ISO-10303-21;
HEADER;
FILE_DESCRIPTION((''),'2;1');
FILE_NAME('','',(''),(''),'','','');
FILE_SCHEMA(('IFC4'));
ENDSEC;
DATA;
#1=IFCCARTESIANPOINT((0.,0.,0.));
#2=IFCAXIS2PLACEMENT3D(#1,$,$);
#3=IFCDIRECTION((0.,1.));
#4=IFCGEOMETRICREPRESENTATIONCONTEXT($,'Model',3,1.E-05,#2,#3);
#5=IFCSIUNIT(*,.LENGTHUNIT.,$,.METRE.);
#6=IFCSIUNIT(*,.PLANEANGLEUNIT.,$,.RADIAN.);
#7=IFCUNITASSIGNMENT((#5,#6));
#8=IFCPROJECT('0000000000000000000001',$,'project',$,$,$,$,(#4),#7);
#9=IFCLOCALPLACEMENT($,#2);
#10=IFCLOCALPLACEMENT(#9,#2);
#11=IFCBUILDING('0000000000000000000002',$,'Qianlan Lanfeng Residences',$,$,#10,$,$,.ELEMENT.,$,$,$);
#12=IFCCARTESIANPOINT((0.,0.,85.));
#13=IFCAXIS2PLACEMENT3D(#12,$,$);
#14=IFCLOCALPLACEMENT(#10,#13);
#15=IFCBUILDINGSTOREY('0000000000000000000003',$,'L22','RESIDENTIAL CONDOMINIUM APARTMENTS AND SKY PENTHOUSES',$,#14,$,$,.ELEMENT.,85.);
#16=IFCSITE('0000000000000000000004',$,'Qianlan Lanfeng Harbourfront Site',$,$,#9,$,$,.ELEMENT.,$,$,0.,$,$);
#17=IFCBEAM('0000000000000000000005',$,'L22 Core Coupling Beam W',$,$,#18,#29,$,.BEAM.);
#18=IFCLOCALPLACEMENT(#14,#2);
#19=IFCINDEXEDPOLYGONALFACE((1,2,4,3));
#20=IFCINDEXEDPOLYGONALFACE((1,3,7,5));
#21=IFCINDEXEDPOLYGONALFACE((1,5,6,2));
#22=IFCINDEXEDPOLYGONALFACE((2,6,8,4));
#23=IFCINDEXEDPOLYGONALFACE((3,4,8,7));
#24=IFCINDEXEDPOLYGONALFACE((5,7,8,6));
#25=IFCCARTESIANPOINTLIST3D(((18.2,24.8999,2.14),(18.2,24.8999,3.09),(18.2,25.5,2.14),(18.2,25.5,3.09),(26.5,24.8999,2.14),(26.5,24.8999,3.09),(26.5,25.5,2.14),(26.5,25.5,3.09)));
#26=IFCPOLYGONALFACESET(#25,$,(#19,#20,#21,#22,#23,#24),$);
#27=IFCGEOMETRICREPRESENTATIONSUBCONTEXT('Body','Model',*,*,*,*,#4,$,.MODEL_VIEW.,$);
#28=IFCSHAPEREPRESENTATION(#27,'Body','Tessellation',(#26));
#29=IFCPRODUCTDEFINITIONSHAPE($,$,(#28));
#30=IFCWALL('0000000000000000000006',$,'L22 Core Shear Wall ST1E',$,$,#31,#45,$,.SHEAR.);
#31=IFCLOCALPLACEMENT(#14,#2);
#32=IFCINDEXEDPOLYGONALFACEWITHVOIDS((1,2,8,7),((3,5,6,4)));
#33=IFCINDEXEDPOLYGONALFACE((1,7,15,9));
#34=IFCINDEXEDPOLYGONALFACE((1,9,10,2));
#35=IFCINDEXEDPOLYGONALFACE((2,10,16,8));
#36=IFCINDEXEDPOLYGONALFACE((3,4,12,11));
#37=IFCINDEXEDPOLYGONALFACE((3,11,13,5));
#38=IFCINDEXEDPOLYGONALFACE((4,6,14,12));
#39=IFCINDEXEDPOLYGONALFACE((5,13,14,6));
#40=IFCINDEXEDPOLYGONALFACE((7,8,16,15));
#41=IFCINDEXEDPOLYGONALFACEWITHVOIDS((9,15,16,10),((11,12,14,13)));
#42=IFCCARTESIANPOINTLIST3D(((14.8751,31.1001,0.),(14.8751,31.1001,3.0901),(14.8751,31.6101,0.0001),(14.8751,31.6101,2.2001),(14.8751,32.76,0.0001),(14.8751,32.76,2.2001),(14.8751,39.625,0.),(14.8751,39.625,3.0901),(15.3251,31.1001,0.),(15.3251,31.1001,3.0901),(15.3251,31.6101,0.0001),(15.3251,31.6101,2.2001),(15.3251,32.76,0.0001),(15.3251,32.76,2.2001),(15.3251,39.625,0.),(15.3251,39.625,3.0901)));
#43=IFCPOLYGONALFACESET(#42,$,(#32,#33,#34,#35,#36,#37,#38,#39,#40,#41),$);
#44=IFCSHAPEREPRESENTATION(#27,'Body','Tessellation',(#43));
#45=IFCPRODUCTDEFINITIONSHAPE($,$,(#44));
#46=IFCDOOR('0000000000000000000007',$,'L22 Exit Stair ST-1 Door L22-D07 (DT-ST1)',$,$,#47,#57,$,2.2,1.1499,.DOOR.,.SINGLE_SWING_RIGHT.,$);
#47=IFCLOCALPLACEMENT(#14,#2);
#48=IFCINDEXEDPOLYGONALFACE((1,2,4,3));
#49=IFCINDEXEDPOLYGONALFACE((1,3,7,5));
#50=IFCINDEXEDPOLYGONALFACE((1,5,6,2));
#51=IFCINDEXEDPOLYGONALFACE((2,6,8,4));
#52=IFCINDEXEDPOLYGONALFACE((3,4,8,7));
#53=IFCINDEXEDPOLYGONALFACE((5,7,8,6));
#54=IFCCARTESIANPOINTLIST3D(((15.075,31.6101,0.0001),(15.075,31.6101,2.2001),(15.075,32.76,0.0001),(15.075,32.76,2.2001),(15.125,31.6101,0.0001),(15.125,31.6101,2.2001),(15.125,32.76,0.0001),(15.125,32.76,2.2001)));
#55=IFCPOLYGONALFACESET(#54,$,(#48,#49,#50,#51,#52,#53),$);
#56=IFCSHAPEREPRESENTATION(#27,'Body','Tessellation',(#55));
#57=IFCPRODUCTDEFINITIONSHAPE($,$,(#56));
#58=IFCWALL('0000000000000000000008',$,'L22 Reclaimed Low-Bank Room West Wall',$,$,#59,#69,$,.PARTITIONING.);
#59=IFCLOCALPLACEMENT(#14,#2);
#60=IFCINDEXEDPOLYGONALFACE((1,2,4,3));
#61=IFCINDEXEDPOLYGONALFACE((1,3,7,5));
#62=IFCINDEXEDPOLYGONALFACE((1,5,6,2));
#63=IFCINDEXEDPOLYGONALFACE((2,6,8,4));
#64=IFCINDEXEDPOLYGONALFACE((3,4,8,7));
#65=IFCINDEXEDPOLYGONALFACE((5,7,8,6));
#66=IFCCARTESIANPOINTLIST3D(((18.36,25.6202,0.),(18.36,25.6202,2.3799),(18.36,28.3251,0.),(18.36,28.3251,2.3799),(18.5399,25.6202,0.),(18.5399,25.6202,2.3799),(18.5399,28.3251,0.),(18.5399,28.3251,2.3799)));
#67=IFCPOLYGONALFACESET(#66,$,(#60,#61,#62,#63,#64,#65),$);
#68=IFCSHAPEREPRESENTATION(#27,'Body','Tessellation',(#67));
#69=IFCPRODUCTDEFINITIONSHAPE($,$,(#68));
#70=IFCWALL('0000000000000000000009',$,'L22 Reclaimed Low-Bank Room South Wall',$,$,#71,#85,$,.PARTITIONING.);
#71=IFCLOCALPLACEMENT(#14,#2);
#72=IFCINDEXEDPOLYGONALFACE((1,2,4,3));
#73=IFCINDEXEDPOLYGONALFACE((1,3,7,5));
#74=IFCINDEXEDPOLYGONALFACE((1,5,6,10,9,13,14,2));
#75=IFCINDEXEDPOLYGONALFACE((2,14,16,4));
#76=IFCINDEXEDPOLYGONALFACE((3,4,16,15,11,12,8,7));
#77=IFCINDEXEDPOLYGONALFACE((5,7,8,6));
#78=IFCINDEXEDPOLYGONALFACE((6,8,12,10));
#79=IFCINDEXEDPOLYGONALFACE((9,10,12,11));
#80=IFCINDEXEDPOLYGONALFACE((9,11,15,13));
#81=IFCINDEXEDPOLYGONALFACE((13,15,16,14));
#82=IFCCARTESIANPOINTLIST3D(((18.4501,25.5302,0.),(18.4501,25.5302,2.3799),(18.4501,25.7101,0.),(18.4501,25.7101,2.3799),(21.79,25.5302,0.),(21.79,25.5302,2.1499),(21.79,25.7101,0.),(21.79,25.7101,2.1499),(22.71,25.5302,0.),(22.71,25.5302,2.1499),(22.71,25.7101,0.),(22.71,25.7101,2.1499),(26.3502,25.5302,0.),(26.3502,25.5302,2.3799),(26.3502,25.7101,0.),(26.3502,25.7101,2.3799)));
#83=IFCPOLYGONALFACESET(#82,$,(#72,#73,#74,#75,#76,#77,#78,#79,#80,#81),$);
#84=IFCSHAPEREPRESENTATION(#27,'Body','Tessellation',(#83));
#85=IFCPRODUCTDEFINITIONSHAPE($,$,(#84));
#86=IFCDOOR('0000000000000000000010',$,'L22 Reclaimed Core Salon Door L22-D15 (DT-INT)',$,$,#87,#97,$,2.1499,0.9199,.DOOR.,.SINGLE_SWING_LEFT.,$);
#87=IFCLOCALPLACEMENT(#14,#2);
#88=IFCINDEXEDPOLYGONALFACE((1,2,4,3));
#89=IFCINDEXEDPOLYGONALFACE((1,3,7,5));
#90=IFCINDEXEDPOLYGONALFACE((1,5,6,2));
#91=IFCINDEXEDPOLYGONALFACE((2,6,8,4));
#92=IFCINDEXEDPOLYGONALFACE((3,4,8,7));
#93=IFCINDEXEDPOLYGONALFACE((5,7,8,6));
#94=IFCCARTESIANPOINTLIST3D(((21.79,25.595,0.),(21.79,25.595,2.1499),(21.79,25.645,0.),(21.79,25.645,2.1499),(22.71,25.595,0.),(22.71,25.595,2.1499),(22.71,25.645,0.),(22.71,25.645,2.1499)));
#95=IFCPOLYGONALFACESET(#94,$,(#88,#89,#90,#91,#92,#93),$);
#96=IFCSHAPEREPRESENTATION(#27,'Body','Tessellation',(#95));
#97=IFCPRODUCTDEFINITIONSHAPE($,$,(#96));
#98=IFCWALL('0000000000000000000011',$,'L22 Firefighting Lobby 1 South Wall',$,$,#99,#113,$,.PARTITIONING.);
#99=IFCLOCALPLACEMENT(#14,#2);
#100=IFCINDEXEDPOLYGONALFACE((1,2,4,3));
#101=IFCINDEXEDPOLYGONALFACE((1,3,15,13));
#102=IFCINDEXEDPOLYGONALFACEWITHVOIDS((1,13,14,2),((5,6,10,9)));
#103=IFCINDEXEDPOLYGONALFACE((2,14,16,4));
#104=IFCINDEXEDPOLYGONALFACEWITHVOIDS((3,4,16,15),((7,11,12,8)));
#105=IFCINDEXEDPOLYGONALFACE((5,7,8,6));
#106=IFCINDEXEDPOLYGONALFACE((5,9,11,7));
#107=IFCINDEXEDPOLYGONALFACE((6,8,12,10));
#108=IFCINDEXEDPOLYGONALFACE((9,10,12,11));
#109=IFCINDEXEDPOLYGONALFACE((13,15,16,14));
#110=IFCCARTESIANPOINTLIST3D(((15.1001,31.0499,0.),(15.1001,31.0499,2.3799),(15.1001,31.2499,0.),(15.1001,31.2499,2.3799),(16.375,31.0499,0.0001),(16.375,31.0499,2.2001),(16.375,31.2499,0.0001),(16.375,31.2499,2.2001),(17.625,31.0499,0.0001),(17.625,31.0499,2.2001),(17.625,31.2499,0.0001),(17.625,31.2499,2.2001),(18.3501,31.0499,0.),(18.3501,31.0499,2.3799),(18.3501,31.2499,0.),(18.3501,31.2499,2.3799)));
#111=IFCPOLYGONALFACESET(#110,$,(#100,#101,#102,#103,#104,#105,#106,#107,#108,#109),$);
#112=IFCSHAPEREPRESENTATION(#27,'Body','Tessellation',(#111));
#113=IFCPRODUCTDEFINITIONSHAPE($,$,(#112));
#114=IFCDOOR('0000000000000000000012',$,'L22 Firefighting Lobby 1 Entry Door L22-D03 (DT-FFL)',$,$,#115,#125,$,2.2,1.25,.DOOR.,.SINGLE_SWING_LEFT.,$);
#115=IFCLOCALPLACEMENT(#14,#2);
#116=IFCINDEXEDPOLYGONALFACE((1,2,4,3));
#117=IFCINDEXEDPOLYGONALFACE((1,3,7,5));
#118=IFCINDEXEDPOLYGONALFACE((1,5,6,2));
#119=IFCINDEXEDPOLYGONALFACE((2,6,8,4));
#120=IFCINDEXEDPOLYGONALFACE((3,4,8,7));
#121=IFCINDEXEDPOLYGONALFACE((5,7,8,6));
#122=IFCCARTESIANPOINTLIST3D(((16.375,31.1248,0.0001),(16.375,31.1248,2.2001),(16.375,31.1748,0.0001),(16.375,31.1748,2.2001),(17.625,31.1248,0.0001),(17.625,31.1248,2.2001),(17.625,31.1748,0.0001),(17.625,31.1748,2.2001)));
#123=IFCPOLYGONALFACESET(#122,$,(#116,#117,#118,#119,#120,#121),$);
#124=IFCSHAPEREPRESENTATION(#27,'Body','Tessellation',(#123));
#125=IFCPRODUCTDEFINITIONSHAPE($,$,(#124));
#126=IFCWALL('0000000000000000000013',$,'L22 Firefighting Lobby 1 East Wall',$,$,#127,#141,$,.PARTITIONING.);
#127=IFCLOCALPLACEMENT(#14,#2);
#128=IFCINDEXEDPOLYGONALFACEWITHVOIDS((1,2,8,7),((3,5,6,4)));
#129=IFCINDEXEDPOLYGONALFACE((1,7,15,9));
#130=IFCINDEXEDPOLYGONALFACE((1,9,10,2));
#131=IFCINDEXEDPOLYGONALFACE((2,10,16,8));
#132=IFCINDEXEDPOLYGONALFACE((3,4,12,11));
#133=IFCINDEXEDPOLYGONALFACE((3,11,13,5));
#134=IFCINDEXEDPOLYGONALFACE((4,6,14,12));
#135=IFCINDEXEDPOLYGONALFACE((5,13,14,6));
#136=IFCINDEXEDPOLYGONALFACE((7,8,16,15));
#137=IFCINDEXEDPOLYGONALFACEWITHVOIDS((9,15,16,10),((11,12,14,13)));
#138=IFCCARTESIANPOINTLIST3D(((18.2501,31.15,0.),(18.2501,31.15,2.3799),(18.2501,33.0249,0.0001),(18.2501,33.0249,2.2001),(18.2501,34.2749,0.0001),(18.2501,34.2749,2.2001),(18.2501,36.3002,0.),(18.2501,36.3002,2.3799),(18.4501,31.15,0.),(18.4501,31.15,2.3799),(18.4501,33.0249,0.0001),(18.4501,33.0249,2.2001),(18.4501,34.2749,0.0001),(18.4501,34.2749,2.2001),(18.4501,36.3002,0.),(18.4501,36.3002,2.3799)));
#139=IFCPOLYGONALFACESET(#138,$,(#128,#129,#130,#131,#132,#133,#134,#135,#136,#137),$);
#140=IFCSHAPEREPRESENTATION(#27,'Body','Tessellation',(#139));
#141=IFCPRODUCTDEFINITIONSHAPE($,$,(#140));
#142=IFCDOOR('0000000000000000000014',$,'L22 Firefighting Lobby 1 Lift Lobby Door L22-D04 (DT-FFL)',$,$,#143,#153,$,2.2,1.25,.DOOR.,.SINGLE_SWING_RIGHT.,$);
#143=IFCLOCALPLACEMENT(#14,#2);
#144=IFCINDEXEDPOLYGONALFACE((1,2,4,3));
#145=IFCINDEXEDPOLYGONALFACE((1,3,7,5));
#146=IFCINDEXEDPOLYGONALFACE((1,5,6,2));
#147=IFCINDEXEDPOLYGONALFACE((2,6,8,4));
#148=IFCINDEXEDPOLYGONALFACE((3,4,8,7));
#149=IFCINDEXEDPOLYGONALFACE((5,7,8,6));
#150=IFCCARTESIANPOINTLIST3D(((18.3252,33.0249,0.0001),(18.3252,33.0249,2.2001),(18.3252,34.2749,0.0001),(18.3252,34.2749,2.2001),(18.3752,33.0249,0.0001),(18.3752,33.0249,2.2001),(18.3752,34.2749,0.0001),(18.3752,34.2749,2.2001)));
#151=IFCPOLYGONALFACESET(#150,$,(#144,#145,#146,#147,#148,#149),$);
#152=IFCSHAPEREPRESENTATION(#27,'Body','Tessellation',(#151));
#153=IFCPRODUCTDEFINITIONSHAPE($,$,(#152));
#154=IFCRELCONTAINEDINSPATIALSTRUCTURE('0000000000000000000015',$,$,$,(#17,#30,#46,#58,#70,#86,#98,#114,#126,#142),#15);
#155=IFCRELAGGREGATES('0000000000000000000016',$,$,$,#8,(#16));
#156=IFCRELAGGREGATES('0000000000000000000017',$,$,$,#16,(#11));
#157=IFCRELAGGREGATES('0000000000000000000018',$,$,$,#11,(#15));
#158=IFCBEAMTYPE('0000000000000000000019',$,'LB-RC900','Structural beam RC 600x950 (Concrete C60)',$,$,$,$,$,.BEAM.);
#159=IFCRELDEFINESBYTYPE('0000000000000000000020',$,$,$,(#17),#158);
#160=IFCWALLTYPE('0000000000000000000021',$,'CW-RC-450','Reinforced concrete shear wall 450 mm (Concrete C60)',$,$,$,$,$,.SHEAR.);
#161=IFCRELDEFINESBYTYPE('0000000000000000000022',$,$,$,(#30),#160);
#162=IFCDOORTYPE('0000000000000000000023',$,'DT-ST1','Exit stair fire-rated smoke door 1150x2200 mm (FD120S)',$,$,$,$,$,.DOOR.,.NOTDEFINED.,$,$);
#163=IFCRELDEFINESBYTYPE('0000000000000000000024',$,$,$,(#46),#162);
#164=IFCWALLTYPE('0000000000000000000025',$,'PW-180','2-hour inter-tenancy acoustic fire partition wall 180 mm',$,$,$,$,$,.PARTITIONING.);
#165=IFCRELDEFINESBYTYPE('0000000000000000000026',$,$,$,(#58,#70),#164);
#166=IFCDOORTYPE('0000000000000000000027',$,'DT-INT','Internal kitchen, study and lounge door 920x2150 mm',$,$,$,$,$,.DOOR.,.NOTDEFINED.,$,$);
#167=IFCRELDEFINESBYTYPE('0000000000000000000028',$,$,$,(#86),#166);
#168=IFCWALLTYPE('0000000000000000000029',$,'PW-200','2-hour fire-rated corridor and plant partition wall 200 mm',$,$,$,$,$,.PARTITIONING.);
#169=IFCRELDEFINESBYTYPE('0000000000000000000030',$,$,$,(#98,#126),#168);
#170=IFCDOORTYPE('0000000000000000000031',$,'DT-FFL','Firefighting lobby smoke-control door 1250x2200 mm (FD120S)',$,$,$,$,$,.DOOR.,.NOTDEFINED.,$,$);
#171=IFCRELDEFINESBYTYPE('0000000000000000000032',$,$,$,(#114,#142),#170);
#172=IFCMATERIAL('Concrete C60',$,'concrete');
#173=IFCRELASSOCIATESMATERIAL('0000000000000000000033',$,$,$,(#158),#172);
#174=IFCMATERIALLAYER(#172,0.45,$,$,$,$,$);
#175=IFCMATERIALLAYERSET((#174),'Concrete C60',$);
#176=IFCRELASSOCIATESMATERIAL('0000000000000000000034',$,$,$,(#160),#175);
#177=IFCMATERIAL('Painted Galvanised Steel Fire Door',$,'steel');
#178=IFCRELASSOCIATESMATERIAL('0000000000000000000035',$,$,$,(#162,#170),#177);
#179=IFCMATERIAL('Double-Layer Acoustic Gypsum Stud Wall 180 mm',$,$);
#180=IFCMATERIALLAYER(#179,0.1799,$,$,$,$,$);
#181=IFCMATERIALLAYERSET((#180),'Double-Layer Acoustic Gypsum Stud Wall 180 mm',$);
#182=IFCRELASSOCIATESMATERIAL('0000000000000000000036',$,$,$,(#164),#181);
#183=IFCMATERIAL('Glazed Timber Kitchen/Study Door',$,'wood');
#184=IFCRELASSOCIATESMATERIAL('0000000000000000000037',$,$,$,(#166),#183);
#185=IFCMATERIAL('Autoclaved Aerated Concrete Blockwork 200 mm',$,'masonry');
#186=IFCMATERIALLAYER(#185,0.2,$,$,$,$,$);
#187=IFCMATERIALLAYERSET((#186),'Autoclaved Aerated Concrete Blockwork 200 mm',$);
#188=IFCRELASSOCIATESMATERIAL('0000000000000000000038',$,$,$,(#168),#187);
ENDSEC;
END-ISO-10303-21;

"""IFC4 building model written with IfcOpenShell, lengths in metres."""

from ifc_helpers import new_model, si_unit, direction, frame, frame_2d, origin, origin_2d, place, context, subcontext, project, spatial, rectangle, extrude, material, layer, layer_set, material_profile, profile_set, type_object, element, fill, save


model = new_model("IFC4")

# Units and contexts
model_context = context("Model", 3, precision=1e-05, world=origin(), true_north=direction((0.0, 1.0)))
body_context = subcontext(model_context, "Body", "Model", "MODEL_VIEW")
ifc_project = project(units=[si_unit("LENGTHUNIT", "METRE"), si_unit("PLANEANGLEUNIT", "RADIAN")], contexts=[model_context])

# Site, building, storey
site_placement = place(None, origin())
site = spatial("IfcSite", under=ifc_project, at=site_placement, Name="Qianlan Lanfeng Harbourfront Site", CompositionType="ELEMENT", RefElevation=0.0)
building_placement = place(site_placement, origin())
building = spatial("IfcBuilding", under=site, at=building_placement, Name="Qianlan Lanfeng Residences", CompositionType="ELEMENT")
storey_placement = place(building_placement, frame((0.0, 0.0, 85.0)))
storey = spatial("IfcBuildingStorey", under=building, at=storey_placement, Name="L22", Description="RESIDENTIAL CONDOMINIUM APARTMENTS AND SKY PENTHOUSES", CompositionType="ELEMENT", Elevation=85.0)

# Beam
ifc_material_1 = material(Name="Concrete C60", Category="concrete")
ifc_material_profile = material_profile(ifc_material_1, rectangle(XDim=0.6001, YDim=0.95, at=origin_2d()), Name="RC 600x950")
ifc_profile_set = profile_set([ifc_material_profile], Name="Concrete C60")
beam_type = type_object("IfcBeamType", Name="LB-RC900", Description="Structural beam RC 600x950 (Concrete C60)", PredefinedType="BEAM", material=ifc_profile_set)
beam_placement = place(storey_placement, frame((18.2, 25.2, 2.615), z_axis=(1.0, 0.0, 0.0), x_axis=(0.0, 1.0, 0.0)))
element("IfcBeam", 1, at=beam_placement, inside=storey, type_object=beam_type, Name="L22 Core Coupling Beam W", PredefinedType="BEAM", context=body_context, shape_type="SweptSolid", body=[
    extrude(rectangle(XDim=0.6001, YDim=0.95, at=origin_2d()), origin(), (0.0, 0.0, 1.0), 8.3),
])

# Wall, opening, door
ifc_layer_1 = layer(ifc_material_1, 0.45)
ifc_layer_set_1 = layer_set([ifc_layer_1], Name="Concrete C60")
wall_type_1 = type_object("IfcWallType", Name="CW-RC-450", Description="Reinforced concrete shear wall 450 mm (Concrete C60)", PredefinedType="SHEAR", material=ifc_layer_set_1)
wall_1_placement = place(storey_placement, frame((15.1001, 31.1001, 0.0), z_axis=(0.0, 0.0, 1.0), x_axis=(0.0, 1.0, 0.0)))
wall_1 = element("IfcWall", 2, at=wall_1_placement, inside=storey, type_object=wall_type_1, Name="L22 Core Shear Wall ST1E", PredefinedType="SHEAR", context=body_context, shape_type="SweptSolid", body=[
    extrude(rectangle(XDim=8.5249, YDim=0.45, at=frame_2d((4.2625, 0.0))), origin(), (0.0, 0.0, 1.0), 3.0901),
])
opening_1_placement = place(wall_1_placement, frame((0.51, 0.0, 0.0)))
opening_1 = element("IfcOpeningElement", 3, at=opening_1_placement, cuts=wall_1, PredefinedType="OPENING", context=body_context, shape_type="SweptSolid", body=[
    extrude(rectangle(XDim=1.1499, YDim=2.2, at=frame_2d((0.575, 1.1001))), frame((0.0, 0.2349, 0.0), z_axis=(0.0, -1.0, 0.0), x_axis=(1.0, 0.0, 0.0)), (0.0, 0.0, 1.0), 0.47),
])
ifc_material_2 = material(Name="Painted Galvanised Steel Fire Door", Category="steel")
door_type_1 = type_object("IfcDoorType", Name="DT-ST1", Description="Exit stair fire-rated smoke door 1150x2200 mm (FD120S)", OperationType="NOTDEFINED", PredefinedType="DOOR", material=ifc_material_2)
door_1_placement = place(opening_1_placement, frame((1.1499, 0.0, 0.0), z_axis=(0.0, 0.0, 1.0), x_axis=(-1.0, 0.0, 0.0)))
door_1 = element("IfcDoor", 4, at=door_1_placement, inside=storey, type_object=door_type_1, Name="L22 Exit Stair ST-1 Door L22-D07 (DT-ST1)", OperationType="SINGLE_SWING_RIGHT", OverallHeight=2.2, OverallWidth=1.1499, PredefinedType="DOOR", context=body_context, shape_type="SweptSolid", body=[
    extrude(rectangle(XDim=1.1499, YDim=2.2, at=frame_2d((0.575, 1.1001))), frame((0.0, 0.0249, 0.0), z_axis=(0.0, -1.0, 0.0), x_axis=(1.0, 0.0, 0.0)), (0.0, 0.0, 1.0), 0.05),
])
fill(opening_1, door_1)

# Shared definitions
ifc_material_3 = material(Name="Double-Layer Acoustic Gypsum Stud Wall 180 mm")
ifc_layer_2 = layer(ifc_material_3, 0.1799)
ifc_layer_set_2 = layer_set([ifc_layer_2], Name="Double-Layer Acoustic Gypsum Stud Wall 180 mm")
wall_type_2 = type_object("IfcWallType", Name="PW-180", Description="2-hour inter-tenancy acoustic fire partition wall 180 mm", PredefinedType="PARTITIONING", material=ifc_layer_set_2)
ifc_material_4 = material(Name="Glazed Timber Kitchen/Study Door", Category="wood")
door_type_2 = type_object("IfcDoorType", Name="DT-INT", Description="Internal kitchen, study and lounge door 920x2150 mm", OperationType="NOTDEFINED", PredefinedType="DOOR", material=ifc_material_4)

# Wall
wall_2_placement = place(storey_placement, frame((18.45, 25.6201, 0.0), z_axis=(0.0, 0.0, 1.0), x_axis=(0.0, 1.0, 0.0)))
element("IfcWall", 5, at=wall_2_placement, inside=storey, type_object=wall_type_2, Name="L22 Reclaimed Low-Bank Room West Wall", PredefinedType="PARTITIONING", context=body_context, shape_type="SweptSolid", body=[
    extrude(rectangle(XDim=2.7048, YDim=0.1799, at=frame_2d((1.3525, 0.0))), origin(), (0.0, 0.0, 1.0), 2.3799),
])

# Walls, openings, doors
wall_3_placement = place(storey_placement, frame((18.45, 25.6201, 0.0), z_axis=(0.0, 0.0, 1.0), x_axis=(1.0, 0.0, 0.0)))
wall_3 = element("IfcWall", 6, at=wall_3_placement, inside=storey, type_object=wall_type_2, Name="L22 Reclaimed Low-Bank Room South Wall", PredefinedType="PARTITIONING", context=body_context, shape_type="SweptSolid", body=[
    extrude(rectangle(XDim=7.9001, YDim=0.1799, at=frame_2d((3.9502, 0.0))), origin(), (0.0, 0.0, 1.0), 2.3799),
])
opening_2_placement = place(wall_3_placement, frame((3.3401, 0.0, 0.0)))
opening_2 = element("IfcOpeningElement", 7, at=opening_2_placement, cuts=wall_3, PredefinedType="OPENING", context=body_context, shape_type="SweptSolid", body=[
    extrude(rectangle(XDim=0.9199, YDim=2.1499, at=frame_2d((0.46, 1.075))), frame((0.0, 0.1001, 0.0), z_axis=(0.0, -1.0, 0.0), x_axis=(1.0, 0.0, 0.0)), (0.0, 0.0, 1.0), 0.2),
])
door_2_placement = place(opening_2_placement, origin())
door_2 = element("IfcDoor", 8, at=door_2_placement, inside=storey, type_object=door_type_2, Name="L22 Reclaimed Core Salon Door L22-D15 (DT-INT)", OperationType="SINGLE_SWING_LEFT", OverallHeight=2.1499, OverallWidth=0.9199, PredefinedType="DOOR", context=body_context, shape_type="SweptSolid", body=[
    extrude(rectangle(XDim=0.9199, YDim=2.1499, at=frame_2d((0.46, 1.075))), frame((0.0, 0.0249, 0.0), z_axis=(0.0, -1.0, 0.0), x_axis=(1.0, 0.0, 0.0)), (0.0, 0.0, 1.0), 0.05),
])
fill(opening_2, door_2)
ifc_material_5 = material(Name="Autoclaved Aerated Concrete Blockwork 200 mm", Category="masonry")
ifc_layer_3 = layer(ifc_material_5, 0.2)
ifc_layer_set_3 = layer_set([ifc_layer_3], Name="Autoclaved Aerated Concrete Blockwork 200 mm")
wall_type_3 = type_object("IfcWallType", Name="PW-200", Description="2-hour fire-rated corridor and plant partition wall 200 mm", PredefinedType="PARTITIONING", material=ifc_layer_set_3)
wall_4_placement = place(storey_placement, frame((15.1001, 31.1499, 0.0), z_axis=(0.0, 0.0, 1.0), x_axis=(1.0, 0.0, 0.0)))
wall_4 = element("IfcWall", 9, at=wall_4_placement, inside=storey, type_object=wall_type_3, Name="L22 Firefighting Lobby 1 South Wall", PredefinedType="PARTITIONING", context=body_context, shape_type="SweptSolid", body=[
    extrude(rectangle(XDim=3.25, YDim=0.2, at=frame_2d((1.625, 0.0))), origin(), (0.0, 0.0, 1.0), 2.3799),
])
opening_3_placement = place(wall_4_placement, frame((1.2749, 0.0, 0.0)))
opening_3 = element("IfcOpeningElement", 10, at=opening_3_placement, cuts=wall_4, PredefinedType="OPENING", context=body_context, shape_type="SweptSolid", body=[
    extrude(rectangle(XDim=1.25, YDim=2.2, at=frame_2d((0.625, 1.1001))), frame((0.0, 0.1099, 0.0), z_axis=(0.0, -1.0, 0.0), x_axis=(1.0, 0.0, 0.0)), (0.0, 0.0, 1.0), 0.22),
])
door_type_3 = type_object("IfcDoorType", Name="DT-FFL", Description="Firefighting lobby smoke-control door 1250x2200 mm (FD120S)", OperationType="NOTDEFINED", PredefinedType="DOOR", material=ifc_material_2)
door_3_placement = place(opening_3_placement, origin())
door_3 = element("IfcDoor", 11, at=door_3_placement, inside=storey, type_object=door_type_3, Name="L22 Firefighting Lobby 1 Entry Door L22-D03 (DT-FFL)", OperationType="SINGLE_SWING_LEFT", OverallHeight=2.2, OverallWidth=1.25, PredefinedType="DOOR", context=body_context, shape_type="SweptSolid", body=[
    extrude(rectangle(XDim=1.25, YDim=2.2, at=frame_2d((0.625, 1.1001))), frame((0.0, 0.0249, 0.0), z_axis=(0.0, -1.0, 0.0), x_axis=(1.0, 0.0, 0.0)), (0.0, 0.0, 1.0), 0.05),
])
fill(opening_3, door_3)
wall_5_placement = place(storey_placement, frame((18.3501, 31.1499, 0.0), z_axis=(0.0, 0.0, 1.0), x_axis=(0.0, 1.0, 0.0)))
wall_5 = element("IfcWall", 12, at=wall_5_placement, inside=storey, type_object=wall_type_3, Name="L22 Firefighting Lobby 1 East Wall", PredefinedType="PARTITIONING", context=body_context, shape_type="SweptSolid", body=[
    extrude(rectangle(XDim=5.1501, YDim=0.2, at=frame_2d((2.5752, 0.0))), origin(), (0.0, 0.0, 1.0), 2.3799),
])
opening_4_placement = place(wall_5_placement, frame((1.875, 0.0, 0.0)))
opening_4 = element("IfcOpeningElement", 13, at=opening_4_placement, cuts=wall_5, PredefinedType="OPENING", context=body_context, shape_type="SweptSolid", body=[
    extrude(rectangle(XDim=1.25, YDim=2.2, at=frame_2d((0.625, 1.1001))), frame((0.0, 0.1099, 0.0), z_axis=(0.0, -1.0, 0.0), x_axis=(1.0, 0.0, 0.0)), (0.0, 0.0, 1.0), 0.22),
])
door_4_placement = place(opening_4_placement, origin())
door_4 = element("IfcDoor", 14, at=door_4_placement, inside=storey, type_object=door_type_3, Name="L22 Firefighting Lobby 1 Lift Lobby Door L22-D04 (DT-FFL)", OperationType="SINGLE_SWING_RIGHT", OverallHeight=2.2, OverallWidth=1.25, PredefinedType="DOOR", context=body_context, shape_type="SweptSolid", body=[
    extrude(rectangle(XDim=1.25, YDim=2.2, at=frame_2d((0.625, 1.1001))), frame((0.0, 0.0249, 0.0), z_axis=(0.0, -1.0, 0.0), x_axis=(1.0, 0.0, 0.0)), (0.0, 0.0, 1.0), 0.05),
])
fill(opening_4, door_4)

save(model, "model.ifc")
